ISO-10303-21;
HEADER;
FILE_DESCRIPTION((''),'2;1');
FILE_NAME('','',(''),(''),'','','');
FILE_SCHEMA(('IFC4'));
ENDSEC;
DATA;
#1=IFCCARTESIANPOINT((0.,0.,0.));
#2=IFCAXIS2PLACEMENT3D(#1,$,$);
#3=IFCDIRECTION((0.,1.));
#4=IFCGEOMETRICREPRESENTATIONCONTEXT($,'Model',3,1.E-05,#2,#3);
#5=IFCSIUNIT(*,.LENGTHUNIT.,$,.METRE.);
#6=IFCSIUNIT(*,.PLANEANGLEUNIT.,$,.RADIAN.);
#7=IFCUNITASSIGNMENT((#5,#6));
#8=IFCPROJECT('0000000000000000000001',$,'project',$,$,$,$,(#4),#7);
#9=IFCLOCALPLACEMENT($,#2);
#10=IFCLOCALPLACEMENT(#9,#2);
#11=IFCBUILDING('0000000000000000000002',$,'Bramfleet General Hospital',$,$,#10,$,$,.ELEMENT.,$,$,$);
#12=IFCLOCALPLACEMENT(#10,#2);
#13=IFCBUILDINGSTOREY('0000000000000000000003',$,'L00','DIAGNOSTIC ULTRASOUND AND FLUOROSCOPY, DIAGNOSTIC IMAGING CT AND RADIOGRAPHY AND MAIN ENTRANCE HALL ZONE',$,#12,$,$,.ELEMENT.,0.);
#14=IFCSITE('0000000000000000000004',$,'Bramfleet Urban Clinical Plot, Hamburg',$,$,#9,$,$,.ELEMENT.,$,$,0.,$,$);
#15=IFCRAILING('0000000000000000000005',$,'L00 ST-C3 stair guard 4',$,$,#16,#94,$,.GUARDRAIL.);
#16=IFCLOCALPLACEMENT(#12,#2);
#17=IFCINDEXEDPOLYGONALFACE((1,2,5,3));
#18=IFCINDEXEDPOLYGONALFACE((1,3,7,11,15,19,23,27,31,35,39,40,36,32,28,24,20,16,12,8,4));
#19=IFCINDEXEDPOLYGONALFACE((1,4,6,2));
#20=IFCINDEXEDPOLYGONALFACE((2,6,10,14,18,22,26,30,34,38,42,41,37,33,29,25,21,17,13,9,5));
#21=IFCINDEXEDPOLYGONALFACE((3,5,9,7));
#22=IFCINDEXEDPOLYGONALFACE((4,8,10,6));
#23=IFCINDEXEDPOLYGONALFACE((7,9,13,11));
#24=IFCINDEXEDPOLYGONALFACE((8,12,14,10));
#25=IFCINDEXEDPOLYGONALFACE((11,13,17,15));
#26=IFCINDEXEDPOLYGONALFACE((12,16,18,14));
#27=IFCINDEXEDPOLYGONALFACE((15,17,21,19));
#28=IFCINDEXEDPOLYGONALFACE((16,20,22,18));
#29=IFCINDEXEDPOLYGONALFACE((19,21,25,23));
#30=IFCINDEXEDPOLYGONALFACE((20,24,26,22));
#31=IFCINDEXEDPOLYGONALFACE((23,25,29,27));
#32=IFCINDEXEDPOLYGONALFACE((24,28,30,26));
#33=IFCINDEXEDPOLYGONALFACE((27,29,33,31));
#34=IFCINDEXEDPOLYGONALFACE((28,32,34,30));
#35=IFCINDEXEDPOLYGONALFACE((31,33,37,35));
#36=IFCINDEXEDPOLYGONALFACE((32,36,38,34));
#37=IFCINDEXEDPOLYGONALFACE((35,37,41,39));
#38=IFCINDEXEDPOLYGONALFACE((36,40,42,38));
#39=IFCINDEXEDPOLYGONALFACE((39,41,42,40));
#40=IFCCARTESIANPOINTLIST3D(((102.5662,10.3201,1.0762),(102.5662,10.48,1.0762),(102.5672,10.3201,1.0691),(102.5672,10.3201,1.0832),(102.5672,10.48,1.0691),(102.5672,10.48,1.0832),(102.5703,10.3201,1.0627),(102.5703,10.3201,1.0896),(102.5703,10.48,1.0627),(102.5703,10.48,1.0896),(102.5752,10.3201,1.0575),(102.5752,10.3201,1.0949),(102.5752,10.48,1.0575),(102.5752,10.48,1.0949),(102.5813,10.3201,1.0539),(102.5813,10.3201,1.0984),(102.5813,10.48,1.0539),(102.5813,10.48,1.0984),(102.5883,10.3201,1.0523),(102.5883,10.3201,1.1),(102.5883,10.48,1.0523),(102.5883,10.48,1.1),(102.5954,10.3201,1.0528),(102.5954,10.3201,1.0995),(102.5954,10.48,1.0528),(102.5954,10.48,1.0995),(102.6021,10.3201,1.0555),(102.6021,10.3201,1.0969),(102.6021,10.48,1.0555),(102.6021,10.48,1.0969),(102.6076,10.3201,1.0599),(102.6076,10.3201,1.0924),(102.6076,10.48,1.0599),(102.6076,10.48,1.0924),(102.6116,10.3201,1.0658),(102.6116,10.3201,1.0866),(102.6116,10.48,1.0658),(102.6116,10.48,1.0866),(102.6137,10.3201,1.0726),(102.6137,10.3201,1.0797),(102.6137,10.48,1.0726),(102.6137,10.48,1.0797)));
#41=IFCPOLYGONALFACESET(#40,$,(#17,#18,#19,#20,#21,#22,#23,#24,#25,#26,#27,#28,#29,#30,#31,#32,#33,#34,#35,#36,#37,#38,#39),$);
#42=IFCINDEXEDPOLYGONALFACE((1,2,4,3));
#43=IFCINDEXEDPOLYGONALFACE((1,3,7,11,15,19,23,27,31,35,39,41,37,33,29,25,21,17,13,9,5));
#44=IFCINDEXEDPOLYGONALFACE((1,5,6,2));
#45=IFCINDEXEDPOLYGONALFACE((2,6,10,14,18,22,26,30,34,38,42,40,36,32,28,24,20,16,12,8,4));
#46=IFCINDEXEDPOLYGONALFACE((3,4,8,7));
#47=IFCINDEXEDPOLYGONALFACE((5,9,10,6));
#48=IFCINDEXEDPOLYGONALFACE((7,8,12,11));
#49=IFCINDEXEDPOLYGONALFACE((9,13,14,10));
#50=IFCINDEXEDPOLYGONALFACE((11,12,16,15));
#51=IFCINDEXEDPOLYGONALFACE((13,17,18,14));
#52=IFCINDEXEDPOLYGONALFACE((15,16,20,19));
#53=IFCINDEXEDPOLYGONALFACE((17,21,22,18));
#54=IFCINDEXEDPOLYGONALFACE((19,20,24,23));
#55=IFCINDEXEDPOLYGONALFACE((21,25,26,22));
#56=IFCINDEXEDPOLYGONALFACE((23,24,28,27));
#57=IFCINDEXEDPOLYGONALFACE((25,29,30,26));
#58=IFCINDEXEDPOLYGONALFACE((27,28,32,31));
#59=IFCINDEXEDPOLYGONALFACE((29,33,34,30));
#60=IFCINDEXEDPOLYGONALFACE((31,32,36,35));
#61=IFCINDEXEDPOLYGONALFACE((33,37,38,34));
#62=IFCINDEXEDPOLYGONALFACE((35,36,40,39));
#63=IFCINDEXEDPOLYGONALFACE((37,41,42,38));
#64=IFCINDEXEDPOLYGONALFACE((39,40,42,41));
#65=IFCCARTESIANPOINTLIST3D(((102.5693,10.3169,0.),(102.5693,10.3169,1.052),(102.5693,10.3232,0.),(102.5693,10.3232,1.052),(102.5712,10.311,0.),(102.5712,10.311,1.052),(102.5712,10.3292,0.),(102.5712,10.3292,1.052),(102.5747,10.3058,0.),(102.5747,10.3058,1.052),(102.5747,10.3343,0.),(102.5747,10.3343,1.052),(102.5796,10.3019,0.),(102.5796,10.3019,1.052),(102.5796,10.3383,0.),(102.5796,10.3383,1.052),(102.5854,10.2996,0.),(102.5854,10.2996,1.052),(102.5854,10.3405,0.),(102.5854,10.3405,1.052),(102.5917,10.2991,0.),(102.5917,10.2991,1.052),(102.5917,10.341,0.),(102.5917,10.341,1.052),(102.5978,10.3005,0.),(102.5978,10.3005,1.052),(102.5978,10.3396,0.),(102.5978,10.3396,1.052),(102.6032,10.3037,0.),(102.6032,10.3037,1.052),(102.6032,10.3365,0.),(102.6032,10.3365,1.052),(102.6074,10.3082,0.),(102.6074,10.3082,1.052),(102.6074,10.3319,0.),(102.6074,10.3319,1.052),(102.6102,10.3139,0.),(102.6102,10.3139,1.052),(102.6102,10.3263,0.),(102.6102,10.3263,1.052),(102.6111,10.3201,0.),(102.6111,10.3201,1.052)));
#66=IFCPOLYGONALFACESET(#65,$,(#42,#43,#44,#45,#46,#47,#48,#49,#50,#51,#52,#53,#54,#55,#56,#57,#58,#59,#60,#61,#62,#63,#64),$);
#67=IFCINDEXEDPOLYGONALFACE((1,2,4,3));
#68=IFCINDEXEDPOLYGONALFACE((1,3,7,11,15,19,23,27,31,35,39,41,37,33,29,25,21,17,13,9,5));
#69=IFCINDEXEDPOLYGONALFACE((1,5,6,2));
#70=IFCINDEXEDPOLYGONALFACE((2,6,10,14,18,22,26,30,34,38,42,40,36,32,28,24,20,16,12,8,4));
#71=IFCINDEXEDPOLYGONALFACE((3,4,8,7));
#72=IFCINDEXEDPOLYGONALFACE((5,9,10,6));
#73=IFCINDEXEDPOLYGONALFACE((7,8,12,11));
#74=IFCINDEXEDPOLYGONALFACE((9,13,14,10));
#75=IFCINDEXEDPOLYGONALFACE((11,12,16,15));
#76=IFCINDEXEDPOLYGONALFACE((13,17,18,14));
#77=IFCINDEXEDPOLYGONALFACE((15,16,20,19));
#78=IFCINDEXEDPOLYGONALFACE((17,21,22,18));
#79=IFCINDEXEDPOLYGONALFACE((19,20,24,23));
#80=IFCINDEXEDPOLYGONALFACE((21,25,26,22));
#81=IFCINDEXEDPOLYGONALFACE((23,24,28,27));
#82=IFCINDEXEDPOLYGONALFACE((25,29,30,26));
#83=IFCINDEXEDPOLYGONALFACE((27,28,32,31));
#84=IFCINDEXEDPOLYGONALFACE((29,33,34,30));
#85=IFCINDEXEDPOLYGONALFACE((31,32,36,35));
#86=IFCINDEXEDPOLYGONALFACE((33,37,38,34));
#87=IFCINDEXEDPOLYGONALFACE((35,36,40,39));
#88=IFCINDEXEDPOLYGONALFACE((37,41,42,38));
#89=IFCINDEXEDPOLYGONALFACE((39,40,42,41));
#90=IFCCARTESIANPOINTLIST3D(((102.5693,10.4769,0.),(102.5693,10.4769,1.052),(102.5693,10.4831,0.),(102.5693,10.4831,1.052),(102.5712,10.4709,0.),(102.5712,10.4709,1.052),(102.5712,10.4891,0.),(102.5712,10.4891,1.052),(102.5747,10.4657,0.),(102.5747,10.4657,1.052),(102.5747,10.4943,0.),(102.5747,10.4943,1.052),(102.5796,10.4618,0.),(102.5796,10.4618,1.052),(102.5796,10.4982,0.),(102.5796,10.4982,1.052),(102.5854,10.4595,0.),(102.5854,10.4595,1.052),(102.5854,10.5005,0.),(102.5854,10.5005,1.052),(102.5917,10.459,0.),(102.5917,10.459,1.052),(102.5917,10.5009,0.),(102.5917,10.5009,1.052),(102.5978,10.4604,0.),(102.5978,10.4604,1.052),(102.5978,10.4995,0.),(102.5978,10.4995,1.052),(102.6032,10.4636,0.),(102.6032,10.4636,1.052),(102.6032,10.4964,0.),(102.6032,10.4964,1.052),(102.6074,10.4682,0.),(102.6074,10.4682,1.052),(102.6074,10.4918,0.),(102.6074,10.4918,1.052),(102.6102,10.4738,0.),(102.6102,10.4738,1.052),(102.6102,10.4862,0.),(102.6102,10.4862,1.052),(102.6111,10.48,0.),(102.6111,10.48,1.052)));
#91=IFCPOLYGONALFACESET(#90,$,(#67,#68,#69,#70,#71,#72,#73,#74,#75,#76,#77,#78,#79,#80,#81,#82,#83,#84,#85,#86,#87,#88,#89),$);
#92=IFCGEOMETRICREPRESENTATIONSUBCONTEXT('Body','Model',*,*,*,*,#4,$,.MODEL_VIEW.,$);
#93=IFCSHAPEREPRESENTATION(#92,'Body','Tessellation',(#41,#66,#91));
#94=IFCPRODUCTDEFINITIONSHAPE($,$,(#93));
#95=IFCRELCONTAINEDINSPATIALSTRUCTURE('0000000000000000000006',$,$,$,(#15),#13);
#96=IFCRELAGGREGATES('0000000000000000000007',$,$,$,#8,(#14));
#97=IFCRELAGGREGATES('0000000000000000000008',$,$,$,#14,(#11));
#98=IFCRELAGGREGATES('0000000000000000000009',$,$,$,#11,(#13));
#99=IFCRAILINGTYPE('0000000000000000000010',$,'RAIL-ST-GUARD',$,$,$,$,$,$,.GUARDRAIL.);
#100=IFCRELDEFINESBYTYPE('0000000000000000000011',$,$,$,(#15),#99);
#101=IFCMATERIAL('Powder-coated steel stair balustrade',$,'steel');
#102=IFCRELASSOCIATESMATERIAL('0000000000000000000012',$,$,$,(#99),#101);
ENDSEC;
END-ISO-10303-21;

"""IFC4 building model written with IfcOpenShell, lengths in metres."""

from ifc_helpers import new_model, si_unit, direction, frame, origin, origin_2d, place, context, subcontext, project, spatial, circle, extrude, material, type_object, element, save


model = new_model("IFC4")

# Units and contexts
model_context = context("Model", 3, precision=1e-05, world=origin(), true_north=direction((0.0, 1.0)))
body_context = subcontext(model_context, "Body", "Model", "MODEL_VIEW")
ifc_project = project(units=[si_unit("LENGTHUNIT", "METRE"), si_unit("PLANEANGLEUNIT", "RADIAN")], contexts=[model_context])

# Site, building, storey
site_placement = place(None, origin())
site = spatial("IfcSite", under=ifc_project, at=site_placement, Name="Bramfleet Urban Clinical Plot, Hamburg", CompositionType="ELEMENT", RefElevation=0.0)
building_placement = place(site_placement, origin())
building = spatial("IfcBuilding", under=site, at=building_placement, Name="Bramfleet General Hospital", CompositionType="ELEMENT")
storey_placement = place(building_placement, origin())
storey = spatial("IfcBuildingStorey", under=building, at=storey_placement, Name="L00", Description="DIAGNOSTIC ULTRASOUND AND FLUOROSCOPY, DIAGNOSTIC IMAGING CT AND RADIOGRAPHY AND MAIN ENTRANCE HALL ZONE", CompositionType="ELEMENT", Elevation=0.0)

# Railing
ifc_material_1 = material(Name="Powder-coated steel stair balustrade", Category="steel")
railing_type_1 = type_object("IfcRailingType", Name="RAIL-ST-GUARD", PredefinedType="GUARDRAIL", material=ifc_material_1)
railing_1_placement = place(storey_placement, frame((102.5901, 10.3201, 0.0)))
element("IfcRailing", 1, at=railing_1_placement, inside=storey, type_object=railing_type_1, Name="L00 ST-C3 stair guard 4", PredefinedType="GUARDRAIL", context=body_context, shape_type="SweptSolid", body=[
    extrude(circle(Radius=0.0239, at=origin_2d()), frame((0.0, 0.0, 1.0762), z_axis=(0.0, 1.0, 0.0), x_axis=(-1.0, 0.0, 0.0)), (0.0, 0.0, 1.0), 0.1599),
    extrude(circle(Radius=0.021, at=origin_2d()), origin(), (0.0, 0.0, 1.0), 1.052),
    extrude(circle(Radius=0.021, at=origin_2d()), frame((0.0, 0.1599, 0.0)), (0.0, 0.0, 1.0), 1.052),
])

save(model, "model.ifc")
